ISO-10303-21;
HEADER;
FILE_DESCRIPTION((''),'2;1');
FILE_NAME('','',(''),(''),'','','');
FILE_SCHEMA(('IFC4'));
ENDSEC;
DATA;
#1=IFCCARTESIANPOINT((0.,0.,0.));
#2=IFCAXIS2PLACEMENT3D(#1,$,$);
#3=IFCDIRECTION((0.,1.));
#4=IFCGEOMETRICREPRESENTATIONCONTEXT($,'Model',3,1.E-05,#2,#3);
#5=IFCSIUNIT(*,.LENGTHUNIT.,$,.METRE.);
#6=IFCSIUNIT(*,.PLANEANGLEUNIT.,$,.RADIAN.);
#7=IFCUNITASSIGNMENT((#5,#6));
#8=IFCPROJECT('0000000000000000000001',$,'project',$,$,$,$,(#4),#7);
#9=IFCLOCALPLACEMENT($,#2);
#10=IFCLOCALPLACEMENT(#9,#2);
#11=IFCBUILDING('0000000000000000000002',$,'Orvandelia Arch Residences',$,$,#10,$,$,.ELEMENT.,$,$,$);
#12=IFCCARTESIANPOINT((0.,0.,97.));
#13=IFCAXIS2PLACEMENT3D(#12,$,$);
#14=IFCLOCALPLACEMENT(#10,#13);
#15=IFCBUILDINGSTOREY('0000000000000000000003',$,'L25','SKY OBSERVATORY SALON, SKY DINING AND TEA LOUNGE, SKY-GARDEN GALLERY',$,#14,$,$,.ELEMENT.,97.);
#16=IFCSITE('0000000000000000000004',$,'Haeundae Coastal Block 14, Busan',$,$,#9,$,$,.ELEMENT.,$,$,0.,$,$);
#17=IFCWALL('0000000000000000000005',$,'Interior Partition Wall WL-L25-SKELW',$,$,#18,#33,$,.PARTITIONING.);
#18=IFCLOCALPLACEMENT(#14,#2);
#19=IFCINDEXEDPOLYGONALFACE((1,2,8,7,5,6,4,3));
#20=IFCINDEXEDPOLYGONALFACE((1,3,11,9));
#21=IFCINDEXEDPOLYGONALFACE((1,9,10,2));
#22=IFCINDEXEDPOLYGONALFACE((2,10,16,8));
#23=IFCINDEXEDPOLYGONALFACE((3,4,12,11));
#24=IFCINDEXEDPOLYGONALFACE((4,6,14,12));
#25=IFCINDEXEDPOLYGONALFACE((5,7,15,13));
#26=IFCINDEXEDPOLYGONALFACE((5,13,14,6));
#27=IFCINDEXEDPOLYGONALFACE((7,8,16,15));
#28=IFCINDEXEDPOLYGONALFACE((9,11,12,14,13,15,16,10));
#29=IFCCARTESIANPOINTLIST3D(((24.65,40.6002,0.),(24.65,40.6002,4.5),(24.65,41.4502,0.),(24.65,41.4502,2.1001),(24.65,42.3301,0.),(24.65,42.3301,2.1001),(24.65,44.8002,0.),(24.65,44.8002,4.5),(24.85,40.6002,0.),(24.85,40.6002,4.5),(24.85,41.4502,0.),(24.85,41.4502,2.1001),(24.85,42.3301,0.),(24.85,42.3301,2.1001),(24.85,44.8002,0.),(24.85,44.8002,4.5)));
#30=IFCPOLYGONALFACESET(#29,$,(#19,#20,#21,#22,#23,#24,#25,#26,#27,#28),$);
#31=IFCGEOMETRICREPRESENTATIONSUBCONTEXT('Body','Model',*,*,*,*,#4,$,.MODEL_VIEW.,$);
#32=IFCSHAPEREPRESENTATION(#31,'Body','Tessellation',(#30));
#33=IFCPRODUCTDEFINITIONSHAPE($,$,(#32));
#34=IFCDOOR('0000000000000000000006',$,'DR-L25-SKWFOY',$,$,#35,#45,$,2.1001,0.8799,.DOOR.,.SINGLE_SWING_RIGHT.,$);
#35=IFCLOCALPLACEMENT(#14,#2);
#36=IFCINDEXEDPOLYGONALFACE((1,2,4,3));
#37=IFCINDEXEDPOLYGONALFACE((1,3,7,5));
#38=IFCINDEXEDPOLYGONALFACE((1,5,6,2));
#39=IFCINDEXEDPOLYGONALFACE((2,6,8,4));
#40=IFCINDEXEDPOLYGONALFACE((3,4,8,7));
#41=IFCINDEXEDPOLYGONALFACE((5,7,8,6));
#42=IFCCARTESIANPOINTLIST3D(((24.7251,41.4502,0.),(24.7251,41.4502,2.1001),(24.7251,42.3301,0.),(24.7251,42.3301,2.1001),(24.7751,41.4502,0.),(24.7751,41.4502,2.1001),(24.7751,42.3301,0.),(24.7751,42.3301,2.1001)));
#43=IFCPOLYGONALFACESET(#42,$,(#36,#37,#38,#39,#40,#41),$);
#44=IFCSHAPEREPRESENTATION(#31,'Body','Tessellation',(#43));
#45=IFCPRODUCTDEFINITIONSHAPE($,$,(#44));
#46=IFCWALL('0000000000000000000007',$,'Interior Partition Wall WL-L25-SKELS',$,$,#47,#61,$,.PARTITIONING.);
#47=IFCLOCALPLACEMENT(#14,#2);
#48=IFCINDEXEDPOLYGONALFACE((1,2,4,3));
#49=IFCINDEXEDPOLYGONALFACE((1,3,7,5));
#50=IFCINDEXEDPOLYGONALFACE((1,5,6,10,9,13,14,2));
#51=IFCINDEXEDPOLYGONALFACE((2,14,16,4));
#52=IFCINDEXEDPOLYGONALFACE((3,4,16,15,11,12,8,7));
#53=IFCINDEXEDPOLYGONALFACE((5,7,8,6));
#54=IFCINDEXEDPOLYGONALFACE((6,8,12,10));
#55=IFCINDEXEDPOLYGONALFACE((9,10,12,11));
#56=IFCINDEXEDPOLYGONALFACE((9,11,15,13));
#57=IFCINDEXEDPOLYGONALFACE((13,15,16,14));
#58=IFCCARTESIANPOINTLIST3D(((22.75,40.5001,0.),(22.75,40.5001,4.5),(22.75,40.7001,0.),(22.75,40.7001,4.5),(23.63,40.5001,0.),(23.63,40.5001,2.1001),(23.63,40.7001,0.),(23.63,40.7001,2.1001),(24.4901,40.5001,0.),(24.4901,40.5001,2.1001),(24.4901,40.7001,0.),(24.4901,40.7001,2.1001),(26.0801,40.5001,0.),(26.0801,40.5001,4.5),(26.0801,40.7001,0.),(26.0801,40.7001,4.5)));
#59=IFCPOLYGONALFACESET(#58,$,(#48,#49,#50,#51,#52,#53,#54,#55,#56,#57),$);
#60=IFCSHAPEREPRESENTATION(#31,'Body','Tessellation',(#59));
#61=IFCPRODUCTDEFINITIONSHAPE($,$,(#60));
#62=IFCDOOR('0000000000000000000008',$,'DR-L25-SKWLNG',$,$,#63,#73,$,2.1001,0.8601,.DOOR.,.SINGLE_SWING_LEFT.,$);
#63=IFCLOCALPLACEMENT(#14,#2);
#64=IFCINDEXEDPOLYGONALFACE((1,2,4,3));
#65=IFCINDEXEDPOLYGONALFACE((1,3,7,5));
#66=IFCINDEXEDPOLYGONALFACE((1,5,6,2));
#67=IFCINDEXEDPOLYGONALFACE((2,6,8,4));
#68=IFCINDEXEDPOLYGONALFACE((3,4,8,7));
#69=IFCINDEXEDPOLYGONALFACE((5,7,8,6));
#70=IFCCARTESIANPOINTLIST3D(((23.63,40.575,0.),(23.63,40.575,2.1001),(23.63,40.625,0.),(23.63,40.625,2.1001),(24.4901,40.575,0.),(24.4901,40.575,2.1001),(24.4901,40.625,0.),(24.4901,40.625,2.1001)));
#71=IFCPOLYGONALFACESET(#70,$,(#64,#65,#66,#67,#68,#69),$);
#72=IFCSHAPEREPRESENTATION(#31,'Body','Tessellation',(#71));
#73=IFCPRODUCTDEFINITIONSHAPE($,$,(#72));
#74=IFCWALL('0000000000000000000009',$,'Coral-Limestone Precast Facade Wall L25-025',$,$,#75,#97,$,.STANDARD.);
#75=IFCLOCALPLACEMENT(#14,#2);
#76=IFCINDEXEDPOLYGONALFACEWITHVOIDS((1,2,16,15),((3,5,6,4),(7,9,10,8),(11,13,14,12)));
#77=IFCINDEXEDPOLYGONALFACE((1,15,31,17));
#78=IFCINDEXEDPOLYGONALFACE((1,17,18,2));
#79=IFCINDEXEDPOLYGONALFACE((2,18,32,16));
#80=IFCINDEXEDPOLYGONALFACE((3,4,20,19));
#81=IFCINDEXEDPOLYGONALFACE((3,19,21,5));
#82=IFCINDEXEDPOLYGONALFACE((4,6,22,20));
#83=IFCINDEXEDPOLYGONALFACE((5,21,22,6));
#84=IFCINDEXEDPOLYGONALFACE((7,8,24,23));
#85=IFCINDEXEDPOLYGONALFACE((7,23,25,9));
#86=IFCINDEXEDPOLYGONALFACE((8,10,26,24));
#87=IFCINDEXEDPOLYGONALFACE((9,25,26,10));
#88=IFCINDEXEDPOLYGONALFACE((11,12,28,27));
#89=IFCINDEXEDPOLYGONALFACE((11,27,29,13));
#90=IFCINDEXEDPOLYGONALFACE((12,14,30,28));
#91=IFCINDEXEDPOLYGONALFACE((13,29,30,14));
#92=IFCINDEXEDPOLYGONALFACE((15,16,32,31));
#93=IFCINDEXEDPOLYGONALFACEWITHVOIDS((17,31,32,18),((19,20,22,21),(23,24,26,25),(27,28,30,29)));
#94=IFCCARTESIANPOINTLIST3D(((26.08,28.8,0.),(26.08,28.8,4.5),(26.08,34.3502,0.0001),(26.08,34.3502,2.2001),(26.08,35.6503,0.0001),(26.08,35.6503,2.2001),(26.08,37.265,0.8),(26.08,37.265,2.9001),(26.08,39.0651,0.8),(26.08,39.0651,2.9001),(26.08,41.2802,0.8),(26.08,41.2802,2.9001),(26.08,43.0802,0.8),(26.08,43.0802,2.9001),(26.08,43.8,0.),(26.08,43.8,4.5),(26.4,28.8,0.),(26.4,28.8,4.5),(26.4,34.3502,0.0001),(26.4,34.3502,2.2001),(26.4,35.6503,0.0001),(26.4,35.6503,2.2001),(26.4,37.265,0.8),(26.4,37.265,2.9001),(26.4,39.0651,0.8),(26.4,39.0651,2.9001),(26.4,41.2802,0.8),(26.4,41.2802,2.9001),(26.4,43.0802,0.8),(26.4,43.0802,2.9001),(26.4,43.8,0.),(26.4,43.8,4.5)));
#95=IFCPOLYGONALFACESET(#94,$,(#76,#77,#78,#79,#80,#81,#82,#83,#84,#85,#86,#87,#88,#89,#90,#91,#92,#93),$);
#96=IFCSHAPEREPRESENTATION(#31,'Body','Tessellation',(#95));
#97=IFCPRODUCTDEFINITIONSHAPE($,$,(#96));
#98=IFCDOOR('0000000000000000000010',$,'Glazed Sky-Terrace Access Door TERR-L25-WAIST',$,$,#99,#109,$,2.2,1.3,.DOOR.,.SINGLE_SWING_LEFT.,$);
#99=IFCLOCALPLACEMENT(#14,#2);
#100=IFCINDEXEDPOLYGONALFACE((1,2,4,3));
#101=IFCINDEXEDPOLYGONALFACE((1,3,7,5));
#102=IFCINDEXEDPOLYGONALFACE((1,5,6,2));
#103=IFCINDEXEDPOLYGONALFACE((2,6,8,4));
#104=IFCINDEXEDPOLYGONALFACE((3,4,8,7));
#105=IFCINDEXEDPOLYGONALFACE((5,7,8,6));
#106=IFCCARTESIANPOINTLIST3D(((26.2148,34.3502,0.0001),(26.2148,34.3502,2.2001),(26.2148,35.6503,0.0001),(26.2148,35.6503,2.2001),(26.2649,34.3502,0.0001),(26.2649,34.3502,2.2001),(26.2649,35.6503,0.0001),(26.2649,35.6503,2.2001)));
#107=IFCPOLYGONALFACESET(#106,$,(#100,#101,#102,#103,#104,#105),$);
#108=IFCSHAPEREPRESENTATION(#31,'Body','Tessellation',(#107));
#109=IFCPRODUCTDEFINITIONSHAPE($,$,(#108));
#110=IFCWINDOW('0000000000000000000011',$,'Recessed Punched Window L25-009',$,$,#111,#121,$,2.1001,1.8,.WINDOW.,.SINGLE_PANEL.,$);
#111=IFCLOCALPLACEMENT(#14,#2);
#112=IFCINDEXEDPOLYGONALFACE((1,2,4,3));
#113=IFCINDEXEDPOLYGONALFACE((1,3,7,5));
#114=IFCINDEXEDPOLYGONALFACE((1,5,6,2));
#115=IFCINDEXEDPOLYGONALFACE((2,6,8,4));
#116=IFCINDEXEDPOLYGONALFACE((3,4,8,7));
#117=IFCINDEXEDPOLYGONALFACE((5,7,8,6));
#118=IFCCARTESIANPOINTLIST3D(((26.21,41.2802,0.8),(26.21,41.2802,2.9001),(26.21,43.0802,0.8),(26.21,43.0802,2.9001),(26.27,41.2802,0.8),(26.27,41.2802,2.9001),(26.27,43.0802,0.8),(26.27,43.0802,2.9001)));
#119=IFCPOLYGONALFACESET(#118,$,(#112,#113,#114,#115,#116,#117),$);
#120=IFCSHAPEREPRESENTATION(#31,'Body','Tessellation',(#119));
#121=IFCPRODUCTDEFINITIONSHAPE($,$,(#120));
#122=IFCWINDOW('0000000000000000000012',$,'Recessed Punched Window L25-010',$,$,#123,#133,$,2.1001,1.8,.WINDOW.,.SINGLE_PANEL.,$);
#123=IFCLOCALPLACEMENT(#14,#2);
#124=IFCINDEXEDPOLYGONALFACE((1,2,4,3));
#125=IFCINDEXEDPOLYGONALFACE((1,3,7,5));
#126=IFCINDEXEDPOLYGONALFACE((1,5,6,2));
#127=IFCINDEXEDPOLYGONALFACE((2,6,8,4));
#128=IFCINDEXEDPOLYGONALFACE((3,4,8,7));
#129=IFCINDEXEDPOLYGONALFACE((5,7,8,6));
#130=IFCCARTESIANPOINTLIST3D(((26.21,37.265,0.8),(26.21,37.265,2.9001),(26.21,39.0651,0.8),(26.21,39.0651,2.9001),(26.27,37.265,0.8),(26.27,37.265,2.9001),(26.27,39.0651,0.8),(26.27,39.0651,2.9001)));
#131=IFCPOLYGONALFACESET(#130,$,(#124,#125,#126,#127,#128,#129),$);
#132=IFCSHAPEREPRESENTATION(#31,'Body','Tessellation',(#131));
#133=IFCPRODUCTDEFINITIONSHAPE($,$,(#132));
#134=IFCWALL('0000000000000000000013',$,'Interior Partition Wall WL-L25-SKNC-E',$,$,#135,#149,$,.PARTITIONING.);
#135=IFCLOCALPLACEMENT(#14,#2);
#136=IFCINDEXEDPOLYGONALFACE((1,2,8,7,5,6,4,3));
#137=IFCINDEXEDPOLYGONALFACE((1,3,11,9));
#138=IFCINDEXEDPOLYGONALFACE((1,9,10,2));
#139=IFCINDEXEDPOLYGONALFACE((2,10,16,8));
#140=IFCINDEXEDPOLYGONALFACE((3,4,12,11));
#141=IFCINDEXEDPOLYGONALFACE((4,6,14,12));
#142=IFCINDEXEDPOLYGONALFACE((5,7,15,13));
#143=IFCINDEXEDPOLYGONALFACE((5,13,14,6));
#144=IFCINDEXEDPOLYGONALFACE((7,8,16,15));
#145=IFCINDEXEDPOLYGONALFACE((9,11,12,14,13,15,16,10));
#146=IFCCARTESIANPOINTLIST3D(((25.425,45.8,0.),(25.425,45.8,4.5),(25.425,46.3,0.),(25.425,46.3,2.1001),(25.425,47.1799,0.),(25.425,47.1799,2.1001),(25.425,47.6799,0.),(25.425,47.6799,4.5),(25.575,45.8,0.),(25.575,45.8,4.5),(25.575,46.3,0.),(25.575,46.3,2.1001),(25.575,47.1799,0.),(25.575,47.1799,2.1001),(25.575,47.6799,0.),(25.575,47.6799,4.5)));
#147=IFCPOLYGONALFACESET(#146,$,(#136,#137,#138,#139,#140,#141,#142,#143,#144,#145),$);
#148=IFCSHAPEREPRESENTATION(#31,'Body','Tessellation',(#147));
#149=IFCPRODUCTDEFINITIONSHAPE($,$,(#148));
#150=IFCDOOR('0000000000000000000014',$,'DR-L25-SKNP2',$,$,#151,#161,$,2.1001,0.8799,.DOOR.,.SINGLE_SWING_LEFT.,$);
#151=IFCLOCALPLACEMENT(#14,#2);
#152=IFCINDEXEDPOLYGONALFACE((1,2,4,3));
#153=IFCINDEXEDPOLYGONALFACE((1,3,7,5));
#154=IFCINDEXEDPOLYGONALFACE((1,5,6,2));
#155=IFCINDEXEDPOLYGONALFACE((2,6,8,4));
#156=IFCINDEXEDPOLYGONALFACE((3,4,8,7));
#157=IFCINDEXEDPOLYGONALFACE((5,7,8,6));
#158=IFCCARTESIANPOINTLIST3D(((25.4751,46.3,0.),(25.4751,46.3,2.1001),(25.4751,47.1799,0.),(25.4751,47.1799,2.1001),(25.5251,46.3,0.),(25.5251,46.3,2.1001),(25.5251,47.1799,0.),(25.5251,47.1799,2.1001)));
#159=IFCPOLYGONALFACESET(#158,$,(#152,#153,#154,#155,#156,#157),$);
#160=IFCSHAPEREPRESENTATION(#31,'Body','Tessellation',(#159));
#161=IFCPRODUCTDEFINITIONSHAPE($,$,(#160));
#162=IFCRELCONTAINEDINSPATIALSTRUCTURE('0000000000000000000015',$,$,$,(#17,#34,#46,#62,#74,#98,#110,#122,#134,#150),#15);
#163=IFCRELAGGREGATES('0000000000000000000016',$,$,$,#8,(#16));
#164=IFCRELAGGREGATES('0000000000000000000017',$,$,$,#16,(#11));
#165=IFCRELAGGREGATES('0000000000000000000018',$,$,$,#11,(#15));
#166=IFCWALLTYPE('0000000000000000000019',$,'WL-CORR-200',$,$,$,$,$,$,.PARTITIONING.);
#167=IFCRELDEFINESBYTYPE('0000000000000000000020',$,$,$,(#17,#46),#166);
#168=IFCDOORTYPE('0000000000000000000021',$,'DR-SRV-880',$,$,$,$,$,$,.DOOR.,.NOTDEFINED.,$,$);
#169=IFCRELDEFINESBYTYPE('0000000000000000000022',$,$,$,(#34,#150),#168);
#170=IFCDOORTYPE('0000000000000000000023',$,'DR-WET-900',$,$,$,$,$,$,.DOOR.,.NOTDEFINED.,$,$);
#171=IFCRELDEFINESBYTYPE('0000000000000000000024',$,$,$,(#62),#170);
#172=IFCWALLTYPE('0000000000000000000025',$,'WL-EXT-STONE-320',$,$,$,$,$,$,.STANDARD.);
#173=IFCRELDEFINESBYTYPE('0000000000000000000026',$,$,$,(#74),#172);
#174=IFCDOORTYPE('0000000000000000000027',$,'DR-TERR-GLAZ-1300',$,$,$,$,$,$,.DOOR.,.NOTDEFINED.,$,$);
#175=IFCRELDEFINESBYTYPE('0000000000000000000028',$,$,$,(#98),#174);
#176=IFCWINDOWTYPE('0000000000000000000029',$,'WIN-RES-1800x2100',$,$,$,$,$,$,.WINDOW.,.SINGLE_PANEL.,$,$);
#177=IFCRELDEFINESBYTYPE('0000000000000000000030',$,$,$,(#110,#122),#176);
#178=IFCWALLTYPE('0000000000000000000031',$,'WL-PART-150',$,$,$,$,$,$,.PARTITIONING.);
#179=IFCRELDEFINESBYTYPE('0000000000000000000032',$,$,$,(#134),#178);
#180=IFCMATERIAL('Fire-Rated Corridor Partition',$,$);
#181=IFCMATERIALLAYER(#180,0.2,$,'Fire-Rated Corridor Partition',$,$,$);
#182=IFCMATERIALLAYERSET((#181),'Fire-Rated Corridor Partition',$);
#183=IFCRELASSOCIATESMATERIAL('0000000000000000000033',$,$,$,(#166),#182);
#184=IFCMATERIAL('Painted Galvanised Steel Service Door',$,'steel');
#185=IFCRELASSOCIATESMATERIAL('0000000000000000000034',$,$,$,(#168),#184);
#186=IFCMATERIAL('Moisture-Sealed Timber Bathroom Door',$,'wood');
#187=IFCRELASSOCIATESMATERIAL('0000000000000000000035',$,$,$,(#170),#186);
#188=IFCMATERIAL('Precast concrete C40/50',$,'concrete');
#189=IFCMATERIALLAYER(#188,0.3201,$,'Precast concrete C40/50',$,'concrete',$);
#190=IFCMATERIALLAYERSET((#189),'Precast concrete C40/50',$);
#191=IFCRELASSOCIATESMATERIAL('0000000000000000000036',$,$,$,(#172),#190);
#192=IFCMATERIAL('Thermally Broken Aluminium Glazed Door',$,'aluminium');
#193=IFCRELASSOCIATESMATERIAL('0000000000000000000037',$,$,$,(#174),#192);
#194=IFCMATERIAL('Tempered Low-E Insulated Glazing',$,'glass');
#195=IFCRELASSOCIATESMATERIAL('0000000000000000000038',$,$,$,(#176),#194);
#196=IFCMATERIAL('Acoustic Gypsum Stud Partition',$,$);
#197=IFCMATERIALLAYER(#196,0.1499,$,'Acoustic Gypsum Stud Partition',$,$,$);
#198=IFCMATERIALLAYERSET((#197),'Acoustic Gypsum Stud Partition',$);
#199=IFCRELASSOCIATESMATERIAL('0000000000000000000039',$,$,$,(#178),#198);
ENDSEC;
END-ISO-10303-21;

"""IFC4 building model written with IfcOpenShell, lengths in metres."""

from ifc_helpers import new_model, si_unit, direction, frame, frame_2d, origin, place, context, subcontext, project, spatial, rectangle, extrude, material, layer, layer_set, type_object, element, fill, save


model = new_model("IFC4")

# Units and contexts
model_context = context("Model", 3, precision=1e-05, world=origin(), true_north=direction((0.0, 1.0)))
body_context = subcontext(model_context, "Body", "Model", "MODEL_VIEW")
ifc_project = project(units=[si_unit("LENGTHUNIT", "METRE"), si_unit("PLANEANGLEUNIT", "RADIAN")], contexts=[model_context])

# Site, building, storey
site_placement = place(None, origin())
site = spatial("IfcSite", under=ifc_project, at=site_placement, Name="Haeundae Coastal Block 14, Busan", CompositionType="ELEMENT", RefElevation=0.0)
building_placement = place(site_placement, origin())
building = spatial("IfcBuilding", under=site, at=building_placement, Name="Orvandelia Arch Residences", CompositionType="ELEMENT")
storey_placement = place(building_placement, frame((0.0, 0.0, 97.0)))
storey = spatial("IfcBuildingStorey", under=building, at=storey_placement, Name="L25", Description="SKY OBSERVATORY SALON, SKY DINING AND TEA LOUNGE, SKY-GARDEN GALLERY", CompositionType="ELEMENT", Elevation=97.0)

# Shared definitions
ifc_material_1 = material(Name="Fire-Rated Corridor Partition")
ifc_layer_1 = layer(ifc_material_1, 0.2, Name="Fire-Rated Corridor Partition")
ifc_layer_set_1 = layer_set([ifc_layer_1], Name="Fire-Rated Corridor Partition")
wall_type_1 = type_object("IfcWallType", Name="WL-CORR-200", PredefinedType="PARTITIONING", material=ifc_layer_set_1)

# Walls, openings, doors
wall_1_placement = place(storey_placement, frame((24.75, 40.6001, 0.0), z_axis=(0.0, 0.0, 1.0), x_axis=(0.0, 1.0, 0.0)))
wall_1 = element("IfcWall", 1, at=wall_1_placement, inside=storey, type_object=wall_type_1, Name="Interior Partition Wall WL-L25-SKELW", PredefinedType="PARTITIONING", context=body_context, shape_type="SweptSolid", body=[
    extrude(rectangle(XDim=4.2, YDim=0.2, at=frame_2d((2.1001, 0.0))), origin(), (0.0, 0.0, 1.0), 4.5),
])
opening_1_placement = place(wall_1_placement, frame((0.8501, 0.0, 0.0)))
opening_1 = element("IfcOpeningElement", 2, at=opening_1_placement, cuts=wall_1, PredefinedType="OPENING", context=body_context, shape_type="SweptSolid", body=[
    extrude(rectangle(XDim=0.8799, YDim=2.1001, at=frame_2d((0.4399, 1.05))), frame((0.0, 0.1099, 0.0), z_axis=(0.0, -1.0, 0.0), x_axis=(1.0, 0.0, 0.0)), (0.0, 0.0, 1.0), 0.22),
])
ifc_material_2 = material(Name="Painted Galvanised Steel Service Door", Category="steel")
door_type_1 = type_object("IfcDoorType", Name="DR-SRV-880", OperationType="NOTDEFINED", PredefinedType="DOOR", material=ifc_material_2)
door_1_placement = place(opening_1_placement, origin())
door_1 = element("IfcDoor", 3, at=door_1_placement, inside=storey, type_object=door_type_1, Name="DR-L25-SKWFOY", OperationType="SINGLE_SWING_RIGHT", OverallHeight=2.1001, OverallWidth=0.8799, PredefinedType="DOOR", context=body_context, shape_type="SweptSolid", body=[
    extrude(rectangle(XDim=0.8799, YDim=2.1001, at=frame_2d((0.4399, 1.05))), frame((0.0, 0.0249, 0.0), z_axis=(0.0, -1.0, 0.0), x_axis=(1.0, 0.0, 0.0)), (0.0, 0.0, 1.0), 0.05),
])
fill(opening_1, door_1)
wall_2_placement = place(storey_placement, frame((22.75, 40.6001, 0.0), z_axis=(0.0, 0.0, 1.0), x_axis=(1.0, 0.0, 0.0)))
wall_2 = element("IfcWall", 4, at=wall_2_placement, inside=storey, type_object=wall_type_1, Name="Interior Partition Wall WL-L25-SKELS", PredefinedType="PARTITIONING", context=body_context, shape_type="SweptSolid", body=[
    extrude(rectangle(XDim=3.3301, YDim=0.2, at=frame_2d((1.665, 0.0))), origin(), (0.0, 0.0, 1.0), 4.5),
])
opening_2_placement = place(wall_2_placement, frame((0.8799, 0.0, 0.0)))
opening_2 = element("IfcOpeningElement", 5, at=opening_2_placement, cuts=wall_2, PredefinedType="OPENING", context=body_context, shape_type="SweptSolid", body=[
    extrude(rectangle(XDim=0.8601, YDim=2.1001, at=frame_2d((0.4302, 1.05))), frame((0.0, 0.1099, 0.0), z_axis=(0.0, -1.0, 0.0), x_axis=(1.0, 0.0, 0.0)), (0.0, 0.0, 1.0), 0.22),
])
ifc_material_3 = material(Name="Moisture-Sealed Timber Bathroom Door", Category="wood")
door_type_2 = type_object("IfcDoorType", Name="DR-WET-900", OperationType="NOTDEFINED", PredefinedType="DOOR", material=ifc_material_3)
door_2_placement = place(opening_2_placement, origin())
door_2 = element("IfcDoor", 6, at=door_2_placement, inside=storey, type_object=door_type_2, Name="DR-L25-SKWLNG", OperationType="SINGLE_SWING_LEFT", OverallHeight=2.1001, OverallWidth=0.8601, PredefinedType="DOOR", context=body_context, shape_type="SweptSolid", body=[
    extrude(rectangle(XDim=0.8601, YDim=2.1001, at=frame_2d((0.4302, 1.05))), frame((0.0, 0.0249, 0.0), z_axis=(0.0, -1.0, 0.0), x_axis=(1.0, 0.0, 0.0)), (0.0, 0.0, 1.0), 0.05),
])
fill(opening_2, door_2)

# Wall, openings, door, windows
ifc_material_4 = material(Name="Precast concrete C40/50", Category="concrete")
ifc_layer_2 = layer(ifc_material_4, 0.3201, Name="Precast concrete C40/50", Category="concrete")
ifc_layer_set_2 = layer_set([ifc_layer_2], Name="Precast concrete C40/50")
wall_type_2 = type_object("IfcWallType", Name="WL-EXT-STONE-320", PredefinedType="STANDARD", material=ifc_layer_set_2)
wall_3_placement = place(storey_placement, frame((26.24, 43.8, 0.0), z_axis=(0.0, 0.0, 1.0), x_axis=(0.0, -1.0, 0.0)))
wall_3 = element("IfcWall", 7, at=wall_3_placement, inside=storey, type_object=wall_type_2, Name="Coral-Limestone Precast Facade Wall L25-025", PredefinedType="STANDARD", context=body_context, shape_type="SweptSolid", body=[
    extrude(rectangle(XDim=15.0, YDim=0.3201, at=frame_2d((7.5, 0.0))), origin(), (0.0, 0.0, 1.0), 4.5),
])
opening_3_placement = place(wall_3_placement, frame((8.1499, 0.0, 0.0)))
opening_3 = element("IfcOpeningElement", 8, at=opening_3_placement, cuts=wall_3, PredefinedType="OPENING", context=body_context, shape_type="SweptSolid", body=[
    extrude(rectangle(XDim=1.3, YDim=2.2, at=frame_2d((0.6499, 1.1001))), frame((0.0, 0.1699, 0.0), z_axis=(0.0, -1.0, 0.0), x_axis=(1.0, 0.0, 0.0)), (0.0, 0.0, 1.0), 0.3401),
])
opening_4_placement = place(wall_3_placement, frame((0.72, 0.0, 0.8)))
opening_4 = element("IfcOpeningElement", 9, at=opening_4_placement, cuts=wall_3, PredefinedType="OPENING", context=body_context, shape_type="SweptSolid", body=[
    extrude(rectangle(XDim=1.8, YDim=2.1001, at=frame_2d((0.8999, 1.05))), frame((0.0, 0.1699, 0.0), z_axis=(0.0, -1.0, 0.0), x_axis=(1.0, 0.0, 0.0)), (0.0, 0.0, 1.0), 0.3401),
])
opening_5_placement = place(wall_3_placement, frame((4.7351, 0.0, 0.8)))
opening_5 = element("IfcOpeningElement", 10, at=opening_5_placement, cuts=wall_3, PredefinedType="OPENING", context=body_context, shape_type="SweptSolid", body=[
    extrude(rectangle(XDim=1.8, YDim=2.1001, at=frame_2d((0.8999, 1.05))), frame((0.0, 0.1699, 0.0), z_axis=(0.0, -1.0, 0.0), x_axis=(1.0, 0.0, 0.0)), (0.0, 0.0, 1.0), 0.3401),
])
ifc_material_5 = material(Name="Thermally Broken Aluminium Glazed Door", Category="aluminium")
door_type_3 = type_object("IfcDoorType", Name="DR-TERR-GLAZ-1300", OperationType="NOTDEFINED", PredefinedType="DOOR", material=ifc_material_5)
door_3_placement = place(opening_3_placement, origin())
door_3 = element("IfcDoor", 11, at=door_3_placement, inside=storey, type_object=door_type_3, Name="Glazed Sky-Terrace Access Door TERR-L25-WAIST", OperationType="SINGLE_SWING_LEFT", OverallHeight=2.2, OverallWidth=1.3, PredefinedType="DOOR", context=body_context, shape_type="SweptSolid", body=[
    extrude(rectangle(XDim=1.3, YDim=2.2, at=frame_2d((0.6499, 1.1001))), frame((0.0, 0.0249, 0.0), z_axis=(0.0, -1.0, 0.0), x_axis=(1.0, 0.0, 0.0)), (0.0, 0.0, 1.0), 0.05),
])
fill(opening_3, door_3)
ifc_material_6 = material(Name="Tempered Low-E Insulated Glazing", Category="glass")
window_type = type_object("IfcWindowType", Name="WIN-RES-1800x2100", PartitioningType="SINGLE_PANEL", PredefinedType="WINDOW", material=ifc_material_6)
window_1_placement = place(opening_4_placement, origin())
window_1 = element("IfcWindow", 12, at=window_1_placement, inside=storey, type_object=window_type, Name="Recessed Punched Window L25-009", OverallHeight=2.1001, OverallWidth=1.8, PartitioningType="SINGLE_PANEL", PredefinedType="WINDOW", context=body_context, shape_type="SweptSolid", body=[
    extrude(rectangle(XDim=1.8, YDim=2.1001, at=frame_2d((0.8999, 1.05))), frame((0.0, 0.03, 0.0), z_axis=(0.0, -1.0, 0.0), x_axis=(1.0, 0.0, 0.0)), (0.0, 0.0, 1.0), 0.0601),
])
fill(opening_4, window_1)
window_2_placement = place(opening_5_placement, origin())
window_2 = element("IfcWindow", 13, at=window_2_placement, inside=storey, type_object=window_type, Name="Recessed Punched Window L25-010", OverallHeight=2.1001, OverallWidth=1.8, PartitioningType="SINGLE_PANEL", PredefinedType="WINDOW", context=body_context, shape_type="SweptSolid", body=[
    extrude(rectangle(XDim=1.8, YDim=2.1001, at=frame_2d((0.8999, 1.05))), frame((0.0, 0.03, 0.0), z_axis=(0.0, -1.0, 0.0), x_axis=(1.0, 0.0, 0.0)), (0.0, 0.0, 1.0), 0.0601),
])
fill(opening_5, window_2)

# Wall, opening, door
ifc_material_7 = material(Name="Acoustic Gypsum Stud Partition")
ifc_layer_3 = layer(ifc_material_7, 0.1499, Name="Acoustic Gypsum Stud Partition")
ifc_layer_set_3 = layer_set([ifc_layer_3], Name="Acoustic Gypsum Stud Partition")
wall_type_3 = type_object("IfcWallType", Name="WL-PART-150", PredefinedType="PARTITIONING", material=ifc_layer_set_3)
wall_4_placement = place(storey_placement, frame((25.5, 45.8, 0.0), z_axis=(0.0, 0.0, 1.0), x_axis=(0.0, 1.0, 0.0)))
wall_4 = element("IfcWall", 14, at=wall_4_placement, inside=storey, type_object=wall_type_3, Name="Interior Partition Wall WL-L25-SKNC-E", PredefinedType="PARTITIONING", context=body_context, shape_type="SweptSolid", body=[
    extrude(rectangle(XDim=1.8799, YDim=0.1499, at=frame_2d((0.9399, 0.0))), origin(), (0.0, 0.0, 1.0), 4.5),
])
opening_6_placement = place(wall_4_placement, frame((0.5, 0.0, 0.0)))
opening_6 = element("IfcOpeningElement", 15, at=opening_6_placement, cuts=wall_4, PredefinedType="OPENING", context=body_context, shape_type="SweptSolid", body=[
    extrude(rectangle(XDim=0.8799, YDim=2.1001, at=frame_2d((0.4399, 1.05))), frame((0.0, 0.085, 0.0), z_axis=(0.0, -1.0, 0.0), x_axis=(1.0, 0.0, 0.0)), (0.0, 0.0, 1.0), 0.1699),
])
door_4_placement = place(opening_6_placement, origin())
door_4 = element("IfcDoor", 16, at=door_4_placement, inside=storey, type_object=door_type_1, Name="DR-L25-SKNP2", OperationType="SINGLE_SWING_LEFT", OverallHeight=2.1001, OverallWidth=0.8799, PredefinedType="DOOR", context=body_context, shape_type="SweptSolid", body=[
    extrude(rectangle(XDim=0.8799, YDim=2.1001, at=frame_2d((0.4399, 1.05))), frame((0.0, 0.0249, 0.0), z_axis=(0.0, -1.0, 0.0), x_axis=(1.0, 0.0, 0.0)), (0.0, 0.0, 1.0), 0.05),
])
fill(opening_6, door_4)

save(model, "model.ifc")
